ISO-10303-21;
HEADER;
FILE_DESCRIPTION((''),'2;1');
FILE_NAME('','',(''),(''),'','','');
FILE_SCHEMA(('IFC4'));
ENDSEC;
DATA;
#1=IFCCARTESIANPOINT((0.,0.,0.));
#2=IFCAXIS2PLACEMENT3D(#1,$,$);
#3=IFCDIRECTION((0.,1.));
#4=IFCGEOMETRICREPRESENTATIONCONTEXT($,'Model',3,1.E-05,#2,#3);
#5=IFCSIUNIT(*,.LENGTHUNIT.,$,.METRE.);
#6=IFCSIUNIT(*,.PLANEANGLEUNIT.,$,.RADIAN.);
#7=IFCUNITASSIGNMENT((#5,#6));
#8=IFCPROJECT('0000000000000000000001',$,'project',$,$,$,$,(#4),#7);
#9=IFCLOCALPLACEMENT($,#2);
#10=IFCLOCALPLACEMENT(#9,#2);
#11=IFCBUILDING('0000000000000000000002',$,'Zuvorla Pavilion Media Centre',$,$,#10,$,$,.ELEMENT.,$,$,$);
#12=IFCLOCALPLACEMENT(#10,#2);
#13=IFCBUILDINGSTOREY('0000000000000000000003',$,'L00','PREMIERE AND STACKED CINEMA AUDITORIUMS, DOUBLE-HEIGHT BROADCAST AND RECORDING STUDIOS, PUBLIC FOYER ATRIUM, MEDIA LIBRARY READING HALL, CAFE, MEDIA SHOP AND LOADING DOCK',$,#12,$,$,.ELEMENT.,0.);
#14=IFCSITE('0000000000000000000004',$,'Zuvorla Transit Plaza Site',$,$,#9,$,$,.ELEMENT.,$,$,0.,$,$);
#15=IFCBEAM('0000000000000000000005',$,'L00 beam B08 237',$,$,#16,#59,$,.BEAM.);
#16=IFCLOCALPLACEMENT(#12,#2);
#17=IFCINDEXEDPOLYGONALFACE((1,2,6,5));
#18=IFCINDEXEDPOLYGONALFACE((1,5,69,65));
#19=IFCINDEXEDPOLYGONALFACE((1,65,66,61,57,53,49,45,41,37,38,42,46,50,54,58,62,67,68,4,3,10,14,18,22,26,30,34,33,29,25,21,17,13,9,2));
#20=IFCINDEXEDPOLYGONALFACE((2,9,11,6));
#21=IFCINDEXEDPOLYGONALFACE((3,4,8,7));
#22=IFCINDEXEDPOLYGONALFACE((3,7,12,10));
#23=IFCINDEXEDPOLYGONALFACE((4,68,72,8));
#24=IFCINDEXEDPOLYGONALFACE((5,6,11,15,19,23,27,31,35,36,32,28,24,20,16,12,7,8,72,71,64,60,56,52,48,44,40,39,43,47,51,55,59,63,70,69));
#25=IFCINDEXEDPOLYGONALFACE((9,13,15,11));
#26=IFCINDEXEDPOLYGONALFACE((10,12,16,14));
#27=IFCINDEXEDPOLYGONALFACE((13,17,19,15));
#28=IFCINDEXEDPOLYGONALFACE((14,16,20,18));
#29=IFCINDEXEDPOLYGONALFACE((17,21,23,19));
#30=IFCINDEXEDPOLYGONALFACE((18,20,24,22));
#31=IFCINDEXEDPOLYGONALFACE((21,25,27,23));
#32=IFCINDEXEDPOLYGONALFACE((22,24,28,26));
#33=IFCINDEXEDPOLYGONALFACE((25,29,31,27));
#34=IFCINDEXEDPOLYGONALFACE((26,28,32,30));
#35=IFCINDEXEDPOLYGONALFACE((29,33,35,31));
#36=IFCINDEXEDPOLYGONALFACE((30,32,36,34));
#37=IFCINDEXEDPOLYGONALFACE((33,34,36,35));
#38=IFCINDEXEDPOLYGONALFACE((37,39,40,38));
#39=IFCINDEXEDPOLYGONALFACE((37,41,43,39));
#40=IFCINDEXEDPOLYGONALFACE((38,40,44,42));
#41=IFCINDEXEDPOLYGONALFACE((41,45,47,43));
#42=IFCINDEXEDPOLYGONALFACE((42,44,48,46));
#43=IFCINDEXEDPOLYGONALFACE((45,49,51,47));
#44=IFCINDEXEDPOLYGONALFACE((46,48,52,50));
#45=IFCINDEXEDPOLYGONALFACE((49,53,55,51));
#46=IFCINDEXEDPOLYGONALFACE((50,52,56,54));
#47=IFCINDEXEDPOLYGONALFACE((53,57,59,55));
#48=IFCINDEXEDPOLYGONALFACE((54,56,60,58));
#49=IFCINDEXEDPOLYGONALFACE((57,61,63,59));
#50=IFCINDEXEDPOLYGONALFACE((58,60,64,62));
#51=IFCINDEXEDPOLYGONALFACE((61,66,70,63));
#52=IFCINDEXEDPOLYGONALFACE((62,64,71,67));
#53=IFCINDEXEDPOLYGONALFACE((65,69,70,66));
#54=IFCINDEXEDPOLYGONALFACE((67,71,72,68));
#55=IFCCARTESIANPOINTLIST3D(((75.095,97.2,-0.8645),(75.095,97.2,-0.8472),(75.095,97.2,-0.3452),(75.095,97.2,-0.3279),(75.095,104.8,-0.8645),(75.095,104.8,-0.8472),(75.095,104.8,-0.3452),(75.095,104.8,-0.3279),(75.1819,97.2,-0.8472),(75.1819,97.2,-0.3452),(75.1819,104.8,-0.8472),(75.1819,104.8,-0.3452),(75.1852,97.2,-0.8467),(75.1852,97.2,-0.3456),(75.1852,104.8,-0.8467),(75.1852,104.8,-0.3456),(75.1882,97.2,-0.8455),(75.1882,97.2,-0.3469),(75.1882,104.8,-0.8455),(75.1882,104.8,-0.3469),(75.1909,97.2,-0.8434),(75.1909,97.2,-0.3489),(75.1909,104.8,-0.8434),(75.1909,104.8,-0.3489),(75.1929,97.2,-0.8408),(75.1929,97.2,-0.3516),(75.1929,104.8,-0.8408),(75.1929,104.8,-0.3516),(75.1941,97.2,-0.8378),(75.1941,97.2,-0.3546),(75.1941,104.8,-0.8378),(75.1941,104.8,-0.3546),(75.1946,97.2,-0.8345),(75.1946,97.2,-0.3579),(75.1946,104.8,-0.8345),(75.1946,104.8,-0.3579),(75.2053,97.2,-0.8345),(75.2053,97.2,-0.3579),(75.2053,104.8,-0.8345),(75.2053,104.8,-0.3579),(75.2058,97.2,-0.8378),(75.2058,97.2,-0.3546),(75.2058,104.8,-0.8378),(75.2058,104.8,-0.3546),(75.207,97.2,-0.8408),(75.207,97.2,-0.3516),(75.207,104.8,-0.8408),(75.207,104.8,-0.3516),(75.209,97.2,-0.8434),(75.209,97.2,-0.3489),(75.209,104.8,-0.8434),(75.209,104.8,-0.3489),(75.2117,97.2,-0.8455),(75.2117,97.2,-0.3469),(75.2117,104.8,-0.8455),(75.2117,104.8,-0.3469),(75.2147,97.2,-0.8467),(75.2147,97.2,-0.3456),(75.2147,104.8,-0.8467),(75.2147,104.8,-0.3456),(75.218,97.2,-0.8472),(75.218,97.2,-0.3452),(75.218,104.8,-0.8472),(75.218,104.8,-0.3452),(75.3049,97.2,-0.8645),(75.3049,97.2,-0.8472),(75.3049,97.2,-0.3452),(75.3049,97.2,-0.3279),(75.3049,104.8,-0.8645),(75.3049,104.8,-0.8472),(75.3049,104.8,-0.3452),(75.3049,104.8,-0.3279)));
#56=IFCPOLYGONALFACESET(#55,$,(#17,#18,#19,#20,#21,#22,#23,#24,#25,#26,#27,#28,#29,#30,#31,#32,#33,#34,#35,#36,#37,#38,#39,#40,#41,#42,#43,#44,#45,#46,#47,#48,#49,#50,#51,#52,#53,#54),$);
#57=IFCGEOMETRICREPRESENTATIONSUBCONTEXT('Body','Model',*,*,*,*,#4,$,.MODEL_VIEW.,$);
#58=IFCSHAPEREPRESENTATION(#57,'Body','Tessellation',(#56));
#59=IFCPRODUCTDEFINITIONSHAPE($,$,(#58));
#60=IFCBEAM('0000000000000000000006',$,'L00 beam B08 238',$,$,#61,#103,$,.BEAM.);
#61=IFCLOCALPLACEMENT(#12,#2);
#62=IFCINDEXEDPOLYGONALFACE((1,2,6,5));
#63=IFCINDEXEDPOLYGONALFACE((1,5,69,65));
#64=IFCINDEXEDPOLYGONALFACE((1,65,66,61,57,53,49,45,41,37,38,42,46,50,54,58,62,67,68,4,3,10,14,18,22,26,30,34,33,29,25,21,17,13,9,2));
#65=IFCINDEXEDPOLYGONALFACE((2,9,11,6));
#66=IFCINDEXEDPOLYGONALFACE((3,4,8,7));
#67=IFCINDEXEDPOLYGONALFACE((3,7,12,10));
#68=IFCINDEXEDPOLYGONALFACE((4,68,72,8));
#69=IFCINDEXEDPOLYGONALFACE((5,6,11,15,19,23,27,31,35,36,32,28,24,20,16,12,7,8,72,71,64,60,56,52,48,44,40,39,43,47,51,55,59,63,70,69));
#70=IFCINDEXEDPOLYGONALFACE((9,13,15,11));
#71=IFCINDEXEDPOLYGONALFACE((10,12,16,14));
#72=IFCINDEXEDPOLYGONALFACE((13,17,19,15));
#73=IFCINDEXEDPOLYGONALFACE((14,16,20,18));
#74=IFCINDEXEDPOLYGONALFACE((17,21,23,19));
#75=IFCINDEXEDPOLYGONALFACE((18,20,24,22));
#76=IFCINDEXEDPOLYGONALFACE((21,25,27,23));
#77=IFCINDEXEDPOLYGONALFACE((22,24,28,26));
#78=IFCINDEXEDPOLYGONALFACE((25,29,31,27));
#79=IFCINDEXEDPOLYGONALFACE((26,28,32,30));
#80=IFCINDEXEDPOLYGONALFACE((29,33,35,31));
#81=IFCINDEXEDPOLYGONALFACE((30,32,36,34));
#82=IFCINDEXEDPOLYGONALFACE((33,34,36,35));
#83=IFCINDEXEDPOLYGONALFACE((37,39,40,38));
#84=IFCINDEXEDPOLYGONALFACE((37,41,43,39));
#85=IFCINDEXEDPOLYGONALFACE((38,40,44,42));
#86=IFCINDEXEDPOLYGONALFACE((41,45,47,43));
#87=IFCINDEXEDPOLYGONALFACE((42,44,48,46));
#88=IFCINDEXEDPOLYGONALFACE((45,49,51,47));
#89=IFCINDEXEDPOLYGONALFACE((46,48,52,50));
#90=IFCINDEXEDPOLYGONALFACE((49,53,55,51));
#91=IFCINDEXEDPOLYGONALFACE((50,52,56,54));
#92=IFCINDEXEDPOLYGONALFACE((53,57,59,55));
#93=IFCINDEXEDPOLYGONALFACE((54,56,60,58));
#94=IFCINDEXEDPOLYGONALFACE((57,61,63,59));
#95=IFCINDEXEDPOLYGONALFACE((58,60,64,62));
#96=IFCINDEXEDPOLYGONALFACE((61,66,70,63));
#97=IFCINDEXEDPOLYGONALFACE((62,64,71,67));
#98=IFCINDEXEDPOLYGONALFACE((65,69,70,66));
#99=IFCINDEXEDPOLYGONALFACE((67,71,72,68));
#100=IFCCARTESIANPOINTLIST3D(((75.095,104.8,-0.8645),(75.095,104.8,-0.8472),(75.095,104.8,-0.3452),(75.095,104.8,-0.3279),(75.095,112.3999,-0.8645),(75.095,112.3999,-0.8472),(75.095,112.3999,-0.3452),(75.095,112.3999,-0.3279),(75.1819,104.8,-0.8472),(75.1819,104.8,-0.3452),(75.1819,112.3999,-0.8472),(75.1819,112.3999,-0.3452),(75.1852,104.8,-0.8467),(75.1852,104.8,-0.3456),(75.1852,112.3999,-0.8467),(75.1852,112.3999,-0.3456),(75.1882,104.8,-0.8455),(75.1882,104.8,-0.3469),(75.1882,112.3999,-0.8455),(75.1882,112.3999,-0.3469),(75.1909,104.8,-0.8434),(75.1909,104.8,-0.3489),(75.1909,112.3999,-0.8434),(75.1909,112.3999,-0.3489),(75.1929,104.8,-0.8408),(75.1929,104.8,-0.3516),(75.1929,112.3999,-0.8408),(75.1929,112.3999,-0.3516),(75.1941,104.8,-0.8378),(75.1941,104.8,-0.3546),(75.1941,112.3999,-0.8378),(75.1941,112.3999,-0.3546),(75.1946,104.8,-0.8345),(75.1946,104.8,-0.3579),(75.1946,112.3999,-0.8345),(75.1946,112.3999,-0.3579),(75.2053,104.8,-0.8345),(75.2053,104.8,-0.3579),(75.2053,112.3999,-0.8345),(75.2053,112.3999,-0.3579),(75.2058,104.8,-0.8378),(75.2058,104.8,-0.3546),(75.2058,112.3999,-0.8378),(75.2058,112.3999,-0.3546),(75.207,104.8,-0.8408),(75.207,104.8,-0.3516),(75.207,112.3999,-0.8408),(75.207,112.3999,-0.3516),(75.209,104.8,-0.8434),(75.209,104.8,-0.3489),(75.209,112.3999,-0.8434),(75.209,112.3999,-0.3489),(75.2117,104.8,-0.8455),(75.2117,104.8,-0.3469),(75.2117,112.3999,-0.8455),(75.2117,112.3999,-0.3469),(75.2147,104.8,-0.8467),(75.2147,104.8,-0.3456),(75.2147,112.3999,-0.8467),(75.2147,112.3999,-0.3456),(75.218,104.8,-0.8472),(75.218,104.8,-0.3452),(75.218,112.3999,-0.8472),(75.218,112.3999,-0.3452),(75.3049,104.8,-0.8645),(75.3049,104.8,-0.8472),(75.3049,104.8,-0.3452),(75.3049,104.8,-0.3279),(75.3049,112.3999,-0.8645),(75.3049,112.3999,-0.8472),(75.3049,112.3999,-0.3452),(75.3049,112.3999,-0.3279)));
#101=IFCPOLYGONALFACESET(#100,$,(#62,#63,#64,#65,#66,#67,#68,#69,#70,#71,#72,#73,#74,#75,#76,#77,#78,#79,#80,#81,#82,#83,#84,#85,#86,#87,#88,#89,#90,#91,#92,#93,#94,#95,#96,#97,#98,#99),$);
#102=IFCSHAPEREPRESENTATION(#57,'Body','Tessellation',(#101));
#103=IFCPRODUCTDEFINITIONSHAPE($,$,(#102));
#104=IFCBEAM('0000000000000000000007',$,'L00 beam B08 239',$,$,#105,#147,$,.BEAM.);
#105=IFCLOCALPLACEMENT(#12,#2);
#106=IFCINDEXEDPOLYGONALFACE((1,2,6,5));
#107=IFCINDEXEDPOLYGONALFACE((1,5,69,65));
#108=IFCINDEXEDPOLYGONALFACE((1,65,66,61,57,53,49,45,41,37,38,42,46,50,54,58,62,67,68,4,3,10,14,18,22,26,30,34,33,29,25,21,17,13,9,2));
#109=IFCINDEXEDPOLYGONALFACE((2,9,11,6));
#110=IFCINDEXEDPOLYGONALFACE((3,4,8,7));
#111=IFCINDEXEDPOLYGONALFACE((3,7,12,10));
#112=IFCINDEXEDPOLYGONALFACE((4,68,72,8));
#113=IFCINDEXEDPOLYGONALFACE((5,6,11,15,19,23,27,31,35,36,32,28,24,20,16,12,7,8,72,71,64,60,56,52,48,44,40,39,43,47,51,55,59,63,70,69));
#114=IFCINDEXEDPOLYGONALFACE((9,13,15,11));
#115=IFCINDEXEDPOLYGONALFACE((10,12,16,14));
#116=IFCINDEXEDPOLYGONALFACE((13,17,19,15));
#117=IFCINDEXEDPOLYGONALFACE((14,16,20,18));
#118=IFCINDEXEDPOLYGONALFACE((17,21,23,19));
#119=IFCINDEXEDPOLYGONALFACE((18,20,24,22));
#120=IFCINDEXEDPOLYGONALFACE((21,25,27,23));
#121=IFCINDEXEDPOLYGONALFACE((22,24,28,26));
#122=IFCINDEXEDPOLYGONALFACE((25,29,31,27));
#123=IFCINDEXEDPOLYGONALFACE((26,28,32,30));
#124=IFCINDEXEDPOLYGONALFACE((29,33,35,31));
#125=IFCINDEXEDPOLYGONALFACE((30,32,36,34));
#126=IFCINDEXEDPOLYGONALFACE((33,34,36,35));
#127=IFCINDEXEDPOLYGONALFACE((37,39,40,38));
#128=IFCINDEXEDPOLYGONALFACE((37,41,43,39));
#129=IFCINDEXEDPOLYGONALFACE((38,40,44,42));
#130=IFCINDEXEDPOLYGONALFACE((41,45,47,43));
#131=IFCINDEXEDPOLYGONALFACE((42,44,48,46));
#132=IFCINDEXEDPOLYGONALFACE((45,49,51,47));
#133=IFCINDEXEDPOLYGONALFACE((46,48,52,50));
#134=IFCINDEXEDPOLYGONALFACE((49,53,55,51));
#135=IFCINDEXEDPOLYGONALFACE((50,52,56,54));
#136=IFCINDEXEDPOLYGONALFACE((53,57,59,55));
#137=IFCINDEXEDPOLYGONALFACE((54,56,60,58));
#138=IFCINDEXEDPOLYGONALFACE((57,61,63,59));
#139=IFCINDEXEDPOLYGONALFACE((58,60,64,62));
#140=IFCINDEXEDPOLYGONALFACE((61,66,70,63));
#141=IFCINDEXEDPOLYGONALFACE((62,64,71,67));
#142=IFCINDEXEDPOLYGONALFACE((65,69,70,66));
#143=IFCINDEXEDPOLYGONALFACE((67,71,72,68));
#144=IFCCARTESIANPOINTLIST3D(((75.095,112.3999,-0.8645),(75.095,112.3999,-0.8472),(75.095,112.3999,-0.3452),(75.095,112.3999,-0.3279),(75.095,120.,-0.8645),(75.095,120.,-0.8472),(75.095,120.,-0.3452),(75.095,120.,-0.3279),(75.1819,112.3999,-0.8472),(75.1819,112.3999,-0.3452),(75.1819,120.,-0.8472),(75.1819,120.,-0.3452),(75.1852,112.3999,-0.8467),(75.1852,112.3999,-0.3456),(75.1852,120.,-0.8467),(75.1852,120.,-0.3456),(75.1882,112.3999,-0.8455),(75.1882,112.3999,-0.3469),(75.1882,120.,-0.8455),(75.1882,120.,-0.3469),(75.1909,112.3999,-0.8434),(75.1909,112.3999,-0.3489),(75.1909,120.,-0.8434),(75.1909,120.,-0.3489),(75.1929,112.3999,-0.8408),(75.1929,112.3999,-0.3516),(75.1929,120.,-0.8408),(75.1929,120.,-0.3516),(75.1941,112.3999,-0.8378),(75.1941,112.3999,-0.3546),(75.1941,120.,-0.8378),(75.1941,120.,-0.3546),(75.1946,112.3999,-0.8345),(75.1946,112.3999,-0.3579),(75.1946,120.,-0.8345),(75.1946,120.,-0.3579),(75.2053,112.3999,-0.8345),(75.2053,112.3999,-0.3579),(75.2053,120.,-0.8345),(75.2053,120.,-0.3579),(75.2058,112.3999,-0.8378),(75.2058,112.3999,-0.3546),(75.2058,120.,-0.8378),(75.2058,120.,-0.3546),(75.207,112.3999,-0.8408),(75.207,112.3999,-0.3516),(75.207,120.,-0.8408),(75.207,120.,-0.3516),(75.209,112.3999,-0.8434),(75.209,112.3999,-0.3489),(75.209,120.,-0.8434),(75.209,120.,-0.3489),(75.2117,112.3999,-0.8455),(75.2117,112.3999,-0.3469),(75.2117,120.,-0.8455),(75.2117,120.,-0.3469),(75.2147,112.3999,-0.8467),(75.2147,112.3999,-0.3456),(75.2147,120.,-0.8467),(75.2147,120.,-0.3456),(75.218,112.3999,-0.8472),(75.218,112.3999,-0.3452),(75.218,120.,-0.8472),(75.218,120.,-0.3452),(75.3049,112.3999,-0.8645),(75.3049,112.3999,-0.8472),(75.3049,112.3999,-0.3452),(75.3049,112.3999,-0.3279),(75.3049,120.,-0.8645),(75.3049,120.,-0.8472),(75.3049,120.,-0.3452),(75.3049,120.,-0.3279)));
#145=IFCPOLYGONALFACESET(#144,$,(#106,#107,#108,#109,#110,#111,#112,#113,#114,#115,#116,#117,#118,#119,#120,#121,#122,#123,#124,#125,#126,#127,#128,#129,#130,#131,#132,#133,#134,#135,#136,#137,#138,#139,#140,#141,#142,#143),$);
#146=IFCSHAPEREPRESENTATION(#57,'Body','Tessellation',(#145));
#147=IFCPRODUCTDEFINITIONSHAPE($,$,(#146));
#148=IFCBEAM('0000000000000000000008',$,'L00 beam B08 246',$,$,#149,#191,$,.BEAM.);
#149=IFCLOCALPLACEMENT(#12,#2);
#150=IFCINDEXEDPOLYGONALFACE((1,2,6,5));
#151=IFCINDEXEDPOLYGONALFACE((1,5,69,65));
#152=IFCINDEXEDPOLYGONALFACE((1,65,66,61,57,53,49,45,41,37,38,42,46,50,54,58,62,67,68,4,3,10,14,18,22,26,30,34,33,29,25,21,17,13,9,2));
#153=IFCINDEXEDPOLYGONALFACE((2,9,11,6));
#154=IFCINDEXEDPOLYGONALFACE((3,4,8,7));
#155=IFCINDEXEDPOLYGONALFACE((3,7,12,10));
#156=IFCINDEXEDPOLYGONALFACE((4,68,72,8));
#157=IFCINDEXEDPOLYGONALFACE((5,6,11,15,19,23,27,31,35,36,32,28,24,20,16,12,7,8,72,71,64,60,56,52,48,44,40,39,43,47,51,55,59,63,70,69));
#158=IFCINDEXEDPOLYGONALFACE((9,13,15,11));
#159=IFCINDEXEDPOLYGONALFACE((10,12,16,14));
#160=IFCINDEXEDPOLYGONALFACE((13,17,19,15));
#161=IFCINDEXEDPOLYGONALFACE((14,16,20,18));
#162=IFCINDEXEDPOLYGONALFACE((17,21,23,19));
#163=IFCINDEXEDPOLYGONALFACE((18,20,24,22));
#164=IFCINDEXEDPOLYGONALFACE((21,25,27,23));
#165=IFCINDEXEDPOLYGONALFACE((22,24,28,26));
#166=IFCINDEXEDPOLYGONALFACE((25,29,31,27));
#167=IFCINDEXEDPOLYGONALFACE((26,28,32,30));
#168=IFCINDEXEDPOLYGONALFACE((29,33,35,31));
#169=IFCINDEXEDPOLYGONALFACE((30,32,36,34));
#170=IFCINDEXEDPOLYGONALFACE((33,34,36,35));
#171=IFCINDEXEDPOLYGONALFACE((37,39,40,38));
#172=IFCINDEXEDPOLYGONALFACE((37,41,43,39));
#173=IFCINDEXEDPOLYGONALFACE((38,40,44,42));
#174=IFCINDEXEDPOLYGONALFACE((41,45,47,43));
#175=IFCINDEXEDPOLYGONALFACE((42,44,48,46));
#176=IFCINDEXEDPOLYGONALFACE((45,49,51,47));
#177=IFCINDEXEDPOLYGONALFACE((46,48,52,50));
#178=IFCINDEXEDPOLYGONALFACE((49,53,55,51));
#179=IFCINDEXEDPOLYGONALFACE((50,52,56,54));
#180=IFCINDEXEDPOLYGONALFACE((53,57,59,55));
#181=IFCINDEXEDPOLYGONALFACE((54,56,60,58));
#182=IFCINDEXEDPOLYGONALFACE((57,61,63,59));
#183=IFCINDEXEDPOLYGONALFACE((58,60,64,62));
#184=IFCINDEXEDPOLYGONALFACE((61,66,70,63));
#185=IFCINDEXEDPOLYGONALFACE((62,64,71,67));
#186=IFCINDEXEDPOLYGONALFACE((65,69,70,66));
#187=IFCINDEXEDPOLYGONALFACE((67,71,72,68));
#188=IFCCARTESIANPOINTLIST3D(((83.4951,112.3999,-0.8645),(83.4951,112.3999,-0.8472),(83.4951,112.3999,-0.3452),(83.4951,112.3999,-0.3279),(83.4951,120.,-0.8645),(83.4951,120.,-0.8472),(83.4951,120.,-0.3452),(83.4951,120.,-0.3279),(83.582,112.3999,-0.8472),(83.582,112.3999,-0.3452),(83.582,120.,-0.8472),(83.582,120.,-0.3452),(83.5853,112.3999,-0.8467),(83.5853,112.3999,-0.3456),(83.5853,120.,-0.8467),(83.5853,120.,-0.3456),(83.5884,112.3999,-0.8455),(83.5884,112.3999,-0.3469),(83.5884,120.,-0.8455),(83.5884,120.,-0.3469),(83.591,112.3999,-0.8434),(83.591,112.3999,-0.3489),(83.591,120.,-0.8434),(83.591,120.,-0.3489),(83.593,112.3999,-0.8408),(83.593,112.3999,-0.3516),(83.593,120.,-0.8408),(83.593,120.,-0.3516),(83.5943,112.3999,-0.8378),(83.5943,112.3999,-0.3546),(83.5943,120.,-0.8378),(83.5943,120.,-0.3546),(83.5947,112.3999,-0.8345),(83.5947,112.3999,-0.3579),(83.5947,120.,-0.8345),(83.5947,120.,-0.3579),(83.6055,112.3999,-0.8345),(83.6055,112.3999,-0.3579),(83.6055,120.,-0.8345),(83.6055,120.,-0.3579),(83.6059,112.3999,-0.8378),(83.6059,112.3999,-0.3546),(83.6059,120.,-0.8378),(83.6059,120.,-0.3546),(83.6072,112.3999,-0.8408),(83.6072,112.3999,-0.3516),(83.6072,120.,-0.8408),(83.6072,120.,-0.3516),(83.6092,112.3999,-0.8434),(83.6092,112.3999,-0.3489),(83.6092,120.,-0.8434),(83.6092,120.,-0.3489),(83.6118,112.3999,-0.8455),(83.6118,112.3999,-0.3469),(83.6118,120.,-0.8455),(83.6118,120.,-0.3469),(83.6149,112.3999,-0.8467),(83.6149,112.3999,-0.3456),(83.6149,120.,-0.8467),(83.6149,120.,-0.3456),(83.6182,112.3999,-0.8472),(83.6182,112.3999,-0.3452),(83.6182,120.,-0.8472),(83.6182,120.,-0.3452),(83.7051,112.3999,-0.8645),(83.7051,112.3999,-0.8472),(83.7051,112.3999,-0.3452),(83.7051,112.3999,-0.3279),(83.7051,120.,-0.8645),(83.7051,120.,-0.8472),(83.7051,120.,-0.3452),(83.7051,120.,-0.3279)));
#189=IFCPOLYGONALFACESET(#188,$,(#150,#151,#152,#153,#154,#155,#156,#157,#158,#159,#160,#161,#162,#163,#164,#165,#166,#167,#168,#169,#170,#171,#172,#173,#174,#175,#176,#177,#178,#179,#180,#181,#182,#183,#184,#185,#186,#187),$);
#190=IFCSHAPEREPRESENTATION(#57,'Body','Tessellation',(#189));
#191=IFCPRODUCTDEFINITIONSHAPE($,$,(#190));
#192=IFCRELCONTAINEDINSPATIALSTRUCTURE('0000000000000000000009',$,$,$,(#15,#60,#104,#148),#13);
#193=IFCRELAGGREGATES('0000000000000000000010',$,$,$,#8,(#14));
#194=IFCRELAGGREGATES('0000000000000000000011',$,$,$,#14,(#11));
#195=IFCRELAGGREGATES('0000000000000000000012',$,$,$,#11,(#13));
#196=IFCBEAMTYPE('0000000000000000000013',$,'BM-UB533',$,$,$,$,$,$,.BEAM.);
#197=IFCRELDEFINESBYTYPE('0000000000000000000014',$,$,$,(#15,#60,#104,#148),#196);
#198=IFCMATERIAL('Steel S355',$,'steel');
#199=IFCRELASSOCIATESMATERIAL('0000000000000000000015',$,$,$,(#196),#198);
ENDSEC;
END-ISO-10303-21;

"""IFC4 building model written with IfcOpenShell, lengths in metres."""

from ifc_helpers import new_model, si_unit, direction, frame, origin, origin_2d, place, context, subcontext, project, spatial, i_section, extrude, material, material_profile, profile_set, type_object, element, save


model = new_model("IFC4")

# Units and contexts
model_context = context("Model", 3, precision=1e-05, world=origin(), true_north=direction((0.0, 1.0)))
body_context = subcontext(model_context, "Body", "Model", "MODEL_VIEW")
ifc_project = project(units=[si_unit("LENGTHUNIT", "METRE"), si_unit("PLANEANGLEUNIT", "RADIAN")], contexts=[model_context])

# Site, building, storey
site_placement = place(None, origin())
site = spatial("IfcSite", under=ifc_project, at=site_placement, Name="Zuvorla Transit Plaza Site", CompositionType="ELEMENT", RefElevation=0.0)
building_placement = place(site_placement, origin())
building = spatial("IfcBuilding", under=site, at=building_placement, Name="Zuvorla Pavilion Media Centre", CompositionType="ELEMENT")
storey_placement = place(building_placement, origin())
storey = spatial("IfcBuildingStorey", under=building, at=storey_placement, Name="L00", Description="PREMIERE AND STACKED CINEMA AUDITORIUMS, DOUBLE-HEIGHT BROADCAST AND RECORDING STUDIOS, PUBLIC FOYER ATRIUM, MEDIA LIBRARY READING HALL, CAFE, MEDIA SHOP AND LOADING DOCK", CompositionType="ELEMENT", Elevation=0.0)

# Beams
ifc_material_1 = material(Name="Steel S355", Category="steel")
ifc_material_profile_1 = material_profile(ifc_material_1, i_section(OverallWidth=0.21, OverallDepth=0.5366, WebThickness=0.0107, FlangeThickness=0.0173, FilletRadius=0.0127, at=origin_2d()), Name="UB 533x210x101")
ifc_profile_set_1 = profile_set([ifc_material_profile_1], Name="Steel S355")
beam_type_1 = type_object("IfcBeamType", Name="BM-UB533", PredefinedType="BEAM", material=ifc_profile_set_1)
beam_1_placement = place(storey_placement, frame((75.2, 97.2, -0.5962), z_axis=(0.0, 1.0, 0.0), x_axis=(-1.0, 0.0, 0.0)))
element("IfcBeam", 1, at=beam_1_placement, inside=storey, type_object=beam_type_1, Name="L00 beam B08 237", PredefinedType="BEAM", context=body_context, shape_type="SweptSolid", body=[
    extrude(i_section(OverallWidth=0.21, OverallDepth=0.5366, WebThickness=0.0107, FlangeThickness=0.0173, FilletRadius=0.0127, at=origin_2d()), origin(), (0.0, 0.0, 1.0), 7.6001),
])
beam_2_placement = place(storey_placement, frame((75.2, 104.8, -0.5962), z_axis=(0.0, 1.0, 0.0), x_axis=(-1.0, 0.0, 0.0)))
element("IfcBeam", 2, at=beam_2_placement, inside=storey, type_object=beam_type_1, Name="L00 beam B08 238", PredefinedType="BEAM", context=body_context, shape_type="SweptSolid", body=[
    extrude(i_section(OverallWidth=0.21, OverallDepth=0.5366, WebThickness=0.0107, FlangeThickness=0.0173, FilletRadius=0.0127, at=origin_2d()), origin(), (0.0, 0.0, 1.0), 7.5999),
])
for number, where, z_axis, x_axis, name in (
    (3, (75.2, 112.3999, -0.5962), (0.0, 1.0, 0.0), (-1.0, 0.0, 0.0), "L00 beam B08 239"),
    (4, (83.6001, 112.3999, -0.5962), (0.0, 1.0, 0.0), (-1.0, 0.0, 0.0), "L00 beam B08 246"),
):
    element("IfcBeam", number, at=place(storey_placement, frame(where, z_axis=z_axis, x_axis=x_axis)), inside=storey, type_object=beam_type_1, Name=name, PredefinedType="BEAM", context=body_context, shape_type="SweptSolid", body=[
        extrude(i_section(OverallWidth=0.21, OverallDepth=0.5366, WebThickness=0.0107, FlangeThickness=0.0173, FilletRadius=0.0127, at=origin_2d()), origin(), (0.0, 0.0, 1.0), 7.6001),
    ])

save(model, "model.ifc")
